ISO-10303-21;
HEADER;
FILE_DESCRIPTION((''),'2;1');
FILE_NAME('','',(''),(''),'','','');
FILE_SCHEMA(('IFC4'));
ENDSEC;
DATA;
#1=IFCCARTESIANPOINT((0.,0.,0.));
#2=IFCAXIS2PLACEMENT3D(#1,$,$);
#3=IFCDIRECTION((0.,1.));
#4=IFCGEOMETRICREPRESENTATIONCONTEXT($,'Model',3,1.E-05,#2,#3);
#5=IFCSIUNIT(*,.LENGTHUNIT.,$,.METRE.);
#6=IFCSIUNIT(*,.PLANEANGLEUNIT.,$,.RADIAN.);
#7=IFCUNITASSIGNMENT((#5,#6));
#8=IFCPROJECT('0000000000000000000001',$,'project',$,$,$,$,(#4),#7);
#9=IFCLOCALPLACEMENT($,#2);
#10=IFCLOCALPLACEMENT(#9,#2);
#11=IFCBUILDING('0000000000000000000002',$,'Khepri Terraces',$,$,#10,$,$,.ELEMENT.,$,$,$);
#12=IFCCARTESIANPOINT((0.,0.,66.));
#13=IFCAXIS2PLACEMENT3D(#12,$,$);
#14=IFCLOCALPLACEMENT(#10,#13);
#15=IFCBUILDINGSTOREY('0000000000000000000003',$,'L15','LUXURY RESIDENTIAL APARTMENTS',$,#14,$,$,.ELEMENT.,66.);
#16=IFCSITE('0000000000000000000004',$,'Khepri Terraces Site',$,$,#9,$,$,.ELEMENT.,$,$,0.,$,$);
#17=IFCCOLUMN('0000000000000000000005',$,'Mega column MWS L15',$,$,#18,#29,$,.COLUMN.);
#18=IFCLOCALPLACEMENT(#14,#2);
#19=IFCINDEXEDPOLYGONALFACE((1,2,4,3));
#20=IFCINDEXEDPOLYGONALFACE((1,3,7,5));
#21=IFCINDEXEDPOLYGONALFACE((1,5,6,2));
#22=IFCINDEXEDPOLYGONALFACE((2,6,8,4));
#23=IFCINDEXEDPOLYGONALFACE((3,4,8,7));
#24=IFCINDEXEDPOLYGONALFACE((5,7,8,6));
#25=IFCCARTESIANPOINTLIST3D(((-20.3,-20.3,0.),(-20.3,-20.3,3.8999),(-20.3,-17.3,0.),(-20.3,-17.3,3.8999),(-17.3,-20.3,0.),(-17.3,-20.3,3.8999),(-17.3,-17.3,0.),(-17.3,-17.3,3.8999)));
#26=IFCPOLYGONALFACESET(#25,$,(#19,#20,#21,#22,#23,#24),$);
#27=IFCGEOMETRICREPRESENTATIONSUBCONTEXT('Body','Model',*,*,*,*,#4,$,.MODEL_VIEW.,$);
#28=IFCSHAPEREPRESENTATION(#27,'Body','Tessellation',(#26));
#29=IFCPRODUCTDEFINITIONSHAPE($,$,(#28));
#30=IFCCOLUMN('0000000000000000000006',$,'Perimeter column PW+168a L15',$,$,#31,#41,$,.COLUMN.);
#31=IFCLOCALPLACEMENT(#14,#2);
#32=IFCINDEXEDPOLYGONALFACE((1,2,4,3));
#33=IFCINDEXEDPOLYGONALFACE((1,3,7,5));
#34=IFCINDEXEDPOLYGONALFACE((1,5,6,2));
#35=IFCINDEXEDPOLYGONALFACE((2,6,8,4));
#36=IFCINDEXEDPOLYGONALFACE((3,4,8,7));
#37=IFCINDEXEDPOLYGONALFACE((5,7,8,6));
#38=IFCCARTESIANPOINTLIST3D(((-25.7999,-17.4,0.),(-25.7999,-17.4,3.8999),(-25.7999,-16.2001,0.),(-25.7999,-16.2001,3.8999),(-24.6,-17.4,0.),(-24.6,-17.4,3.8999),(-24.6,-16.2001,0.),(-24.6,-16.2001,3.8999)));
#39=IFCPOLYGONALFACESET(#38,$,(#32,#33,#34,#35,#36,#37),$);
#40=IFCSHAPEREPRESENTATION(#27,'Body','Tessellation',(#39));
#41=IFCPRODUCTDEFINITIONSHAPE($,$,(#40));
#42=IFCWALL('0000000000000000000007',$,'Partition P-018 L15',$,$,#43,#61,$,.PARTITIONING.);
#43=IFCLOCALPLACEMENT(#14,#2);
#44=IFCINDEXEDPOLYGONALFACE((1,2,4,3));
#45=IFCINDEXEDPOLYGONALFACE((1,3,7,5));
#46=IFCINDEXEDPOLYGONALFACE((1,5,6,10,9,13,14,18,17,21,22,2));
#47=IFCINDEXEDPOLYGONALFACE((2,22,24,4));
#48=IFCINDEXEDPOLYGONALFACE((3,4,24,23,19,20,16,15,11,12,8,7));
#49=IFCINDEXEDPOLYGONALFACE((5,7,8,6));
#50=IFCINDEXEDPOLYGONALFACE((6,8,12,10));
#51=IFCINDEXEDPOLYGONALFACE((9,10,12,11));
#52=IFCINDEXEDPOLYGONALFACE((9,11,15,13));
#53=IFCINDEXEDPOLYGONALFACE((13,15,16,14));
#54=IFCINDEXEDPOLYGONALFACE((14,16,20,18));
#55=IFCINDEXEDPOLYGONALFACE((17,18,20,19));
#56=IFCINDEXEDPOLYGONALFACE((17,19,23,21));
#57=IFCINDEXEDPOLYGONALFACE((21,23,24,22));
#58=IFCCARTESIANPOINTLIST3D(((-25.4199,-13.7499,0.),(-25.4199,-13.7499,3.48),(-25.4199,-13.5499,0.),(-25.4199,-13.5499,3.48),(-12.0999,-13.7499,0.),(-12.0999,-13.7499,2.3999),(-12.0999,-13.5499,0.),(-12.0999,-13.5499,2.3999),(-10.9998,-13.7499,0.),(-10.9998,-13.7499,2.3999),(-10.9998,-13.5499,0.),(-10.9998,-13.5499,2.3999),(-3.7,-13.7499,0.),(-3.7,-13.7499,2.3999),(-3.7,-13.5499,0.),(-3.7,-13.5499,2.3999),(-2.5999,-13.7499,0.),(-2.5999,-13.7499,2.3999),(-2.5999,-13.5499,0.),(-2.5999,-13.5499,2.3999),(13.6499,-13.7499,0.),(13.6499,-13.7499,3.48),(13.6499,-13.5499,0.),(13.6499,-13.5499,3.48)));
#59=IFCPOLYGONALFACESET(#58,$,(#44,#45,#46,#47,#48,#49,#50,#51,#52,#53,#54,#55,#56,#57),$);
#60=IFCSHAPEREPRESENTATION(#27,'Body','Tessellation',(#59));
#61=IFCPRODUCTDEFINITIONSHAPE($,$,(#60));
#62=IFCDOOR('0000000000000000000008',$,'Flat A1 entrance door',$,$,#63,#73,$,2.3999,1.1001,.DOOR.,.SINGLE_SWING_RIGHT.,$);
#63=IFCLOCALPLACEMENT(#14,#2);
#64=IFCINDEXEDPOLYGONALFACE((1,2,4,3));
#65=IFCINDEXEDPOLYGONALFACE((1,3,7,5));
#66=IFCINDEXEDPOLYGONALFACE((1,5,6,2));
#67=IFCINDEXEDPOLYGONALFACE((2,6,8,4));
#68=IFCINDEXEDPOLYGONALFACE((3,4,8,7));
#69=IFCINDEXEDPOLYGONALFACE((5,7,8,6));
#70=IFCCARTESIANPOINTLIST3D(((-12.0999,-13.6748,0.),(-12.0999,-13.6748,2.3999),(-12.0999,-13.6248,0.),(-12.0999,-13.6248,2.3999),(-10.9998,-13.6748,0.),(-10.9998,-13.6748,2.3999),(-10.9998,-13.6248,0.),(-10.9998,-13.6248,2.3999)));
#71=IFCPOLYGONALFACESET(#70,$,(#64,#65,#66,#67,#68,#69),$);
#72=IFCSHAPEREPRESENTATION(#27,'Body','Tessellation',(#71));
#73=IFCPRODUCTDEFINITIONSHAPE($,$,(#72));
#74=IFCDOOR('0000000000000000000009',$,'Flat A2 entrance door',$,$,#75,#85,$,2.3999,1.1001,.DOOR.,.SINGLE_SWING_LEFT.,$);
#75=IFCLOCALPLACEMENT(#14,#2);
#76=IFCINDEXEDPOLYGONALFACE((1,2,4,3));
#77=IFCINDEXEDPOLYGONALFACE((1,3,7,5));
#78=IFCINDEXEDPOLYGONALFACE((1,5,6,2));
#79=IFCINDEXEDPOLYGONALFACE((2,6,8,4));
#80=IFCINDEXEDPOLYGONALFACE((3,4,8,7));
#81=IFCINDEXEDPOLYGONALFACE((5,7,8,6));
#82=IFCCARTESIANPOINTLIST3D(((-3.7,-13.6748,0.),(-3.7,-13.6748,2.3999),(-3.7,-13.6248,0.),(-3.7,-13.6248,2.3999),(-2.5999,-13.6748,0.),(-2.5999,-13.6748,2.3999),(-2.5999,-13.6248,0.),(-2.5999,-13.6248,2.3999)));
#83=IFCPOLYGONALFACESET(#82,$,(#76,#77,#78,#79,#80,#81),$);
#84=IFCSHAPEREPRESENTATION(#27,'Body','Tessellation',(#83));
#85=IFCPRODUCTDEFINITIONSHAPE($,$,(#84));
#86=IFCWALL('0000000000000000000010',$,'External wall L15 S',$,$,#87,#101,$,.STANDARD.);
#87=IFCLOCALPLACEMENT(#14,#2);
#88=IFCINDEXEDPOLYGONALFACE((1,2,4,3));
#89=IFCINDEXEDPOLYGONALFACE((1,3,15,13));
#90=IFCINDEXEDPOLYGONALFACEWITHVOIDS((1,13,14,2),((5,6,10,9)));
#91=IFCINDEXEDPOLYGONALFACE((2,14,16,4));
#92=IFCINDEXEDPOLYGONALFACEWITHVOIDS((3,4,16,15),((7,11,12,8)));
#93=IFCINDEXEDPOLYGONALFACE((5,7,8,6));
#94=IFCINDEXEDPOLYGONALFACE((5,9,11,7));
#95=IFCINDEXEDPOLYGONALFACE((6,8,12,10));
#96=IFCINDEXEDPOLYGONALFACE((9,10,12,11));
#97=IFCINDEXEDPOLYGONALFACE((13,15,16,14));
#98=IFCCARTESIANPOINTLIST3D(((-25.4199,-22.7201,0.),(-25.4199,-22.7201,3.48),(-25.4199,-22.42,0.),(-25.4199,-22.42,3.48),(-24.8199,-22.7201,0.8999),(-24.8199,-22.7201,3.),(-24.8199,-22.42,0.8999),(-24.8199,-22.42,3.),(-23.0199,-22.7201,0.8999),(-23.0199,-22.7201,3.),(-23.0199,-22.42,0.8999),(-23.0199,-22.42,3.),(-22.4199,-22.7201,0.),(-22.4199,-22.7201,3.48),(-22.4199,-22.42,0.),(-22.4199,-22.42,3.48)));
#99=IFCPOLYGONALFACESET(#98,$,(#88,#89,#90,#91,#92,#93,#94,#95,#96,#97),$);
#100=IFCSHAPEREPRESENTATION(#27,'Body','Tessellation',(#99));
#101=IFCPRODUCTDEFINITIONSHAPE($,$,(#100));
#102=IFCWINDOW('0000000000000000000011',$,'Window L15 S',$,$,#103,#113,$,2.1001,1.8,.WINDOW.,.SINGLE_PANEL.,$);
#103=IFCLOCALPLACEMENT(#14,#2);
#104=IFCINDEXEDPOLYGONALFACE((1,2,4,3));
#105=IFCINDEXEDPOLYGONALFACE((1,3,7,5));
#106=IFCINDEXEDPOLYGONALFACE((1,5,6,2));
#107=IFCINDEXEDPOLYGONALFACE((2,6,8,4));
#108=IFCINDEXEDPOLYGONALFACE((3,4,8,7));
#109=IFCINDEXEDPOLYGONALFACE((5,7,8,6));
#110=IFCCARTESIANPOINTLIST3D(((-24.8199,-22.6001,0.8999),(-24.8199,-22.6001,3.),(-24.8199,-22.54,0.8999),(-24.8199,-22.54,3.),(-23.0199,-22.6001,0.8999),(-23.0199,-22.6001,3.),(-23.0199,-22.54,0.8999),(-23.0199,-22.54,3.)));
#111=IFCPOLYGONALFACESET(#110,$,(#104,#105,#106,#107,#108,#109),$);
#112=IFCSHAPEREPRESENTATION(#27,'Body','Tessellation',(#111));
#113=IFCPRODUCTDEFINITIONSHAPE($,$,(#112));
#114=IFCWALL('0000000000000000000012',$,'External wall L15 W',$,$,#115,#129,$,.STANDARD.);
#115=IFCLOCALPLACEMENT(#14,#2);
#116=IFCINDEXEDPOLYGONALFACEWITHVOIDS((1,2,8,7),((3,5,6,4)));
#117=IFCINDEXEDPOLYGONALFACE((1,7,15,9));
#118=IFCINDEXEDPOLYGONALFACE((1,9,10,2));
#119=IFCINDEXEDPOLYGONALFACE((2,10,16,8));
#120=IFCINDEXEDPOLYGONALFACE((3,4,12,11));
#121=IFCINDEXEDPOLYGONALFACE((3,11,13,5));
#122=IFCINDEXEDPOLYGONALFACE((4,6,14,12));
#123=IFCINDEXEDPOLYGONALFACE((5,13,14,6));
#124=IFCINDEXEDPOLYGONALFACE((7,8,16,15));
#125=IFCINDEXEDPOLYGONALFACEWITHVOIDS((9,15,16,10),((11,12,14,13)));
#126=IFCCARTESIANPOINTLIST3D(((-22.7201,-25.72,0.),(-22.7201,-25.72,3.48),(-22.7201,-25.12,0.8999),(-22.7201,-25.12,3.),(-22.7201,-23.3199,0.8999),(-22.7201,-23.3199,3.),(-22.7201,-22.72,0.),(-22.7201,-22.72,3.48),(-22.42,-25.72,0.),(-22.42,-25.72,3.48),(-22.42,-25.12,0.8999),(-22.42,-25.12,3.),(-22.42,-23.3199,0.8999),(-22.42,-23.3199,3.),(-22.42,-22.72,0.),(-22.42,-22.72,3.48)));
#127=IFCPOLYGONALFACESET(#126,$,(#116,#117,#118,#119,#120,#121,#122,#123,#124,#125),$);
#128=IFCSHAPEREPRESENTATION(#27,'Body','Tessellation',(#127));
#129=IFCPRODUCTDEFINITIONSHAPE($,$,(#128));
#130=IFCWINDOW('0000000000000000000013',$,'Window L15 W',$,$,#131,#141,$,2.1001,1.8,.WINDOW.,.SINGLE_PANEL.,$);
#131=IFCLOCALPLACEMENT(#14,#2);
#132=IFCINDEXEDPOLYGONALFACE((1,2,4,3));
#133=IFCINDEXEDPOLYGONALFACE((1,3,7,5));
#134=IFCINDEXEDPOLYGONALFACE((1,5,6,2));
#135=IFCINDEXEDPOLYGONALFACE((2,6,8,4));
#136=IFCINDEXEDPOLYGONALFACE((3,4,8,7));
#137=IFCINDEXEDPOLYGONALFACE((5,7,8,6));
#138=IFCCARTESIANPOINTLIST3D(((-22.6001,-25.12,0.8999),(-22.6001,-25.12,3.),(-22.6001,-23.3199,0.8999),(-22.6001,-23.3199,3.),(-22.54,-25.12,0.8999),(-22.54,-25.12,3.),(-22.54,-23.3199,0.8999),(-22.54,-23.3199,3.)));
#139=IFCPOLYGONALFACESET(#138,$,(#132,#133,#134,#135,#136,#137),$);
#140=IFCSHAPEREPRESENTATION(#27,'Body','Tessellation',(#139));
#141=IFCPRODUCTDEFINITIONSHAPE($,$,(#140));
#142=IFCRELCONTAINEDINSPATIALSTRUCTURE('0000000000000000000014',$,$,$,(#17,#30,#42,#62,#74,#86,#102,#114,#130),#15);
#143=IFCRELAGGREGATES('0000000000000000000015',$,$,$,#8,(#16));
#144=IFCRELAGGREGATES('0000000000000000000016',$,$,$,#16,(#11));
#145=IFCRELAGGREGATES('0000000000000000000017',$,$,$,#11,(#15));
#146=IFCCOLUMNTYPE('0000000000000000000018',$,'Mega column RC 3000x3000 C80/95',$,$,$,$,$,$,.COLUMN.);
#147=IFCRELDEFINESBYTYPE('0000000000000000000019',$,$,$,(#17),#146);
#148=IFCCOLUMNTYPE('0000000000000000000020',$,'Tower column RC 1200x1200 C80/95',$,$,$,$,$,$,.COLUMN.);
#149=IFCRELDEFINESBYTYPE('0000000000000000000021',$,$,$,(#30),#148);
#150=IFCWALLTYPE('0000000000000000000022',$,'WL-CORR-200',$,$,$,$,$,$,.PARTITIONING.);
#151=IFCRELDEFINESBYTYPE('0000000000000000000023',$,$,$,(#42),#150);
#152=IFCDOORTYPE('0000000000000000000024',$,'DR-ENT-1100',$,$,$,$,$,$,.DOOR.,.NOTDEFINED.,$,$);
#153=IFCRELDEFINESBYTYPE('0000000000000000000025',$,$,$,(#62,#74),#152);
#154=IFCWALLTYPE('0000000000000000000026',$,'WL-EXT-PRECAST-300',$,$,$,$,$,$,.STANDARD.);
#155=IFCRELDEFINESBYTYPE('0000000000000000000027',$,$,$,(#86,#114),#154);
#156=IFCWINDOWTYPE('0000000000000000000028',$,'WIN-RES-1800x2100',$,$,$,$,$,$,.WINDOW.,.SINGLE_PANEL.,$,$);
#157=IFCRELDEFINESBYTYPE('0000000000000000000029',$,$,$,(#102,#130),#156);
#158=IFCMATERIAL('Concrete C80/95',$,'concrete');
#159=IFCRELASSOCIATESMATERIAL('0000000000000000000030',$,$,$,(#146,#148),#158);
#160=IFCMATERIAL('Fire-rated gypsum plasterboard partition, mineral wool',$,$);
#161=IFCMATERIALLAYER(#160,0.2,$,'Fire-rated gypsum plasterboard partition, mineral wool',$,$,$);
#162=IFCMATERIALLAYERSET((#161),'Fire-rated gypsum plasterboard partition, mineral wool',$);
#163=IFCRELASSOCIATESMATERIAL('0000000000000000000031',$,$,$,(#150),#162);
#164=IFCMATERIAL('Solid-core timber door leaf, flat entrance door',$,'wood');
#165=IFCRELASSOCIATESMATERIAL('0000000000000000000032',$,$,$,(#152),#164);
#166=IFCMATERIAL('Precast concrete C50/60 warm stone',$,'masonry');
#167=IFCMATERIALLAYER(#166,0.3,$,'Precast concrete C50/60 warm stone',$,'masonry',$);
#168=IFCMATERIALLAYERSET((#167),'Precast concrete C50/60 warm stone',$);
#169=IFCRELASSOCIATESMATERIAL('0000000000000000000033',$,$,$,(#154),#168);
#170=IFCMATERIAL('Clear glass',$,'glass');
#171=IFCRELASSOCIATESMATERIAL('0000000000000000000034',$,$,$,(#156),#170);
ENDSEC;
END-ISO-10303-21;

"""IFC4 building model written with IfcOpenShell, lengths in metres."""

from ifc_helpers import new_model, si_unit, direction, frame, frame_2d, origin, origin_2d, place, context, subcontext, project, spatial, rectangle, extrude, material, layer, layer_set, material_profile, profile_set, type_object, element, fill, save


model = new_model("IFC4")

# Units and contexts
model_context = context("Model", 3, precision=1e-05, world=origin(), true_north=direction((0.0, 1.0)))
body_context = subcontext(model_context, "Body", "Model", "MODEL_VIEW")
ifc_project = project(units=[si_unit("LENGTHUNIT", "METRE"), si_unit("PLANEANGLEUNIT", "RADIAN")], contexts=[model_context])

# Site, building, storey
site_placement = place(None, origin())
site = spatial("IfcSite", under=ifc_project, at=site_placement, Name="Khepri Terraces Site", CompositionType="ELEMENT", RefElevation=0.0)
building_placement = place(site_placement, origin())
building = spatial("IfcBuilding", under=site, at=building_placement, Name="Khepri Terraces", CompositionType="ELEMENT")
storey_placement = place(building_placement, frame((0.0, 0.0, 66.0)))
storey = spatial("IfcBuildingStorey", under=building, at=storey_placement, Name="L15", Description="LUXURY RESIDENTIAL APARTMENTS", CompositionType="ELEMENT", Elevation=66.0)

# Columns
ifc_material_1 = material(Name="Concrete C80/95", Category="concrete")
ifc_material_profile_1 = material_profile(ifc_material_1, rectangle(XDim=3.0, YDim=3.0, at=origin_2d()), Name="Concrete C80/95", Category="concrete")
ifc_profile_set_1 = profile_set([ifc_material_profile_1], Name="Concrete C80/95")
column_type_1 = type_object("IfcColumnType", Name="Mega column RC 3000x3000 C80/95", PredefinedType="COLUMN", material=ifc_profile_set_1)
column_1_placement = place(storey_placement, frame((-18.8, -18.8, 0.0), z_axis=(0.0, 0.0, 1.0), x_axis=(1.0, 0.0, 0.0)))
element("IfcColumn", 1, at=column_1_placement, inside=storey, type_object=column_type_1, Name="Mega column MWS L15", PredefinedType="COLUMN", context=body_context, shape_type="SweptSolid", body=[
    extrude(rectangle(XDim=3.0, YDim=3.0, at=origin_2d()), origin(), (0.0, 0.0, 1.0), 3.8999),
])
ifc_material_profile_2 = material_profile(ifc_material_1, rectangle(XDim=1.2, YDim=1.2, at=origin_2d()), Name="Concrete C80/95", Category="concrete")
ifc_profile_set_2 = profile_set([ifc_material_profile_2], Name="Concrete C80/95")
column_type_2 = type_object("IfcColumnType", Name="Tower column RC 1200x1200 C80/95", PredefinedType="COLUMN", material=ifc_profile_set_2)
column_2_placement = place(storey_placement, frame((-25.2, -16.8, 0.0), z_axis=(0.0, 0.0, 1.0), x_axis=(1.0, 0.0, 0.0)))
element("IfcColumn", 2, at=column_2_placement, inside=storey, type_object=column_type_2, Name="Perimeter column PW+168a L15", PredefinedType="COLUMN", context=body_context, shape_type="SweptSolid", body=[
    extrude(rectangle(XDim=1.2, YDim=1.2, at=origin_2d()), origin(), (0.0, 0.0, 1.0), 3.8999),
])

# Wall, openings, doors
ifc_material_2 = material(Name="Fire-rated gypsum plasterboard partition, mineral wool")
ifc_layer_1 = layer(ifc_material_2, 0.2, Name="Fire-rated gypsum plasterboard partition, mineral wool")
ifc_layer_set_1 = layer_set([ifc_layer_1], Name="Fire-rated gypsum plasterboard partition, mineral wool")
wall_type_1 = type_object("IfcWallType", Name="WL-CORR-200", PredefinedType="PARTITIONING", material=ifc_layer_set_1)
wall_1_placement = place(storey_placement, frame((-25.4199, -13.6499, 0.0), z_axis=(0.0, 0.0, 1.0), x_axis=(1.0, 0.0, 0.0)))
wall_1 = element("IfcWall", 3, at=wall_1_placement, inside=storey, type_object=wall_type_1, Name="Partition P-018 L15", PredefinedType="PARTITIONING", context=body_context, shape_type="SweptSolid", body=[
    extrude(rectangle(XDim=39.0698, YDim=0.2, at=frame_2d((19.5349, 0.0))), origin(), (0.0, 0.0, 1.0), 3.48),
])
opening_1_placement = place(wall_1_placement, frame((13.3201, 0.0, 0.0)))
opening_1 = element("IfcOpeningElement", 4, at=opening_1_placement, cuts=wall_1, PredefinedType="OPENING", context=body_context, shape_type="SweptSolid", body=[
    extrude(rectangle(XDim=1.1001, YDim=2.3999, at=frame_2d((0.55, 1.2))), frame((0.0, 0.1099, 0.0), z_axis=(0.0, -1.0, 0.0), x_axis=(1.0, 0.0, 0.0)), (0.0, 0.0, 1.0), 0.22),
])
opening_2_placement = place(wall_1_placement, frame((21.72, 0.0, 0.0)))
opening_2 = element("IfcOpeningElement", 5, at=opening_2_placement, cuts=wall_1, PredefinedType="OPENING", context=body_context, shape_type="SweptSolid", body=[
    extrude(rectangle(XDim=1.1001, YDim=2.3999, at=frame_2d((0.55, 1.2))), frame((0.0, 0.1099, 0.0), z_axis=(0.0, -1.0, 0.0), x_axis=(1.0, 0.0, 0.0)), (0.0, 0.0, 1.0), 0.22),
])
ifc_material_3 = material(Name="Solid-core timber door leaf, flat entrance door", Category="wood")
door_type_1 = type_object("IfcDoorType", Name="DR-ENT-1100", OperationType="NOTDEFINED", PredefinedType="DOOR", material=ifc_material_3)
door_1_placement = place(opening_1_placement, frame((1.1001, 0.0, 0.0), z_axis=(0.0, 0.0, 1.0), x_axis=(-1.0, 0.0, 0.0)))
door_1 = element("IfcDoor", 6, at=door_1_placement, inside=storey, type_object=door_type_1, Name="Flat A1 entrance door", OperationType="SINGLE_SWING_RIGHT", OverallHeight=2.3999, OverallWidth=1.1001, PredefinedType="DOOR", context=body_context, shape_type="SweptSolid", body=[
    extrude(rectangle(XDim=1.1001, YDim=2.3999, at=frame_2d((0.55, 1.2))), frame((0.0, 0.0249, 0.0), z_axis=(0.0, -1.0, 0.0), x_axis=(1.0, 0.0, 0.0)), (0.0, 0.0, 1.0), 0.05),
])
fill(opening_1, door_1)
door_2_placement = place(opening_2_placement, frame((1.1001, 0.0, 0.0), z_axis=(0.0, 0.0, 1.0), x_axis=(-1.0, 0.0, 0.0)))
door_2 = element("IfcDoor", 7, at=door_2_placement, inside=storey, type_object=door_type_1, Name="Flat A2 entrance door", OperationType="SINGLE_SWING_LEFT", OverallHeight=2.3999, OverallWidth=1.1001, PredefinedType="DOOR", context=body_context, shape_type="SweptSolid", body=[
    extrude(rectangle(XDim=1.1001, YDim=2.3999, at=frame_2d((0.55, 1.2))), frame((0.0, 0.0249, 0.0), z_axis=(0.0, -1.0, 0.0), x_axis=(1.0, 0.0, 0.0)), (0.0, 0.0, 1.0), 0.05),
])
fill(opening_2, door_2)

# Shared definitions
ifc_material_4 = material(Name="Precast concrete C50/60 warm stone", Category="masonry")
ifc_layer_2 = layer(ifc_material_4, 0.3, Name="Precast concrete C50/60 warm stone", Category="masonry")
ifc_layer_set_2 = layer_set([ifc_layer_2], Name="Precast concrete C50/60 warm stone")
wall_type_2 = type_object("IfcWallType", Name="WL-EXT-PRECAST-300", PredefinedType="STANDARD", material=ifc_layer_set_2)
ifc_material_5 = material(Name="Clear glass", Category="glass")
window_type = type_object("IfcWindowType", Name="WIN-RES-1800x2100", PartitioningType="SINGLE_PANEL", PredefinedType="WINDOW", material=ifc_material_5)

# Walls, openings, windows
wall_2_placement = place(storey_placement, frame((-25.4199, -22.5701, 0.0), z_axis=(0.0, 0.0, 1.0), x_axis=(1.0, 0.0, 0.0)))
wall_2 = element("IfcWall", 8, at=wall_2_placement, inside=storey, type_object=wall_type_2, Name="External wall L15 S", PredefinedType="STANDARD", context=body_context, shape_type="SweptSolid", body=[
    extrude(rectangle(XDim=3.0, YDim=0.3, at=frame_2d((1.5, 0.0))), origin(), (0.0, 0.0, 1.0), 3.48),
])
opening_3_placement = place(wall_2_placement, frame((0.6001, 0.0, 0.8999)))
opening_3 = element("IfcOpeningElement", 9, at=opening_3_placement, cuts=wall_2, PredefinedType="OPENING", context=body_context, shape_type="SweptSolid", body=[
    extrude(rectangle(XDim=1.8, YDim=2.1001, at=frame_2d((0.8999, 1.05))), frame((0.0, 0.1602, 0.0), z_axis=(0.0, -1.0, 0.0), x_axis=(1.0, 0.0, 0.0)), (0.0, 0.0, 1.0), 0.3201),
])
window_1_placement = place(opening_3_placement, origin())
window_1 = element("IfcWindow", 10, at=window_1_placement, inside=storey, type_object=window_type, Name="Window L15 S", OverallHeight=2.1001, OverallWidth=1.8, PartitioningType="SINGLE_PANEL", PredefinedType="WINDOW", context=body_context, shape_type="SweptSolid", body=[
    extrude(rectangle(XDim=1.8, YDim=2.1001, at=frame_2d((0.8999, 1.05))), frame((0.0, 0.03, 0.0), z_axis=(0.0, -1.0, 0.0), x_axis=(1.0, 0.0, 0.0)), (0.0, 0.0, 1.0), 0.0601),
])
fill(opening_3, window_1)
wall_3_placement = place(storey_placement, frame((-22.5701, -22.72, 0.0), z_axis=(0.0, 0.0, 1.0), x_axis=(0.0, -1.0, 0.0)))
wall_3 = element("IfcWall", 11, at=wall_3_placement, inside=storey, type_object=wall_type_2, Name="External wall L15 W", PredefinedType="STANDARD", context=body_context, shape_type="SweptSolid", body=[
    extrude(rectangle(XDim=3.0, YDim=0.3, at=frame_2d((1.5, 0.0))), origin(), (0.0, 0.0, 1.0), 3.48),
])
opening_4_placement = place(wall_3_placement, frame((0.6001, 0.0, 0.8999)))
opening_4 = element("IfcOpeningElement", 12, at=opening_4_placement, cuts=wall_3, PredefinedType="OPENING", context=body_context, shape_type="SweptSolid", body=[
    extrude(rectangle(XDim=1.8, YDim=2.1001, at=frame_2d((0.8999, 1.05))), frame((0.0, 0.1602, 0.0), z_axis=(0.0, -1.0, 0.0), x_axis=(1.0, 0.0, 0.0)), (0.0, 0.0, 1.0), 0.3201),
])
window_2_placement = place(opening_4_placement, origin())
window_2 = element("IfcWindow", 13, at=window_2_placement, inside=storey, type_object=window_type, Name="Window L15 W", OverallHeight=2.1001, OverallWidth=1.8, PartitioningType="SINGLE_PANEL", PredefinedType="WINDOW", context=body_context, shape_type="SweptSolid", body=[
    extrude(rectangle(XDim=1.8, YDim=2.1001, at=frame_2d((0.8999, 1.05))), frame((0.0, 0.03, 0.0), z_axis=(0.0, -1.0, 0.0), x_axis=(1.0, 0.0, 0.0)), (0.0, 0.0, 1.0), 0.0601),
])
fill(opening_4, window_2)

save(model, "model.ifc")
